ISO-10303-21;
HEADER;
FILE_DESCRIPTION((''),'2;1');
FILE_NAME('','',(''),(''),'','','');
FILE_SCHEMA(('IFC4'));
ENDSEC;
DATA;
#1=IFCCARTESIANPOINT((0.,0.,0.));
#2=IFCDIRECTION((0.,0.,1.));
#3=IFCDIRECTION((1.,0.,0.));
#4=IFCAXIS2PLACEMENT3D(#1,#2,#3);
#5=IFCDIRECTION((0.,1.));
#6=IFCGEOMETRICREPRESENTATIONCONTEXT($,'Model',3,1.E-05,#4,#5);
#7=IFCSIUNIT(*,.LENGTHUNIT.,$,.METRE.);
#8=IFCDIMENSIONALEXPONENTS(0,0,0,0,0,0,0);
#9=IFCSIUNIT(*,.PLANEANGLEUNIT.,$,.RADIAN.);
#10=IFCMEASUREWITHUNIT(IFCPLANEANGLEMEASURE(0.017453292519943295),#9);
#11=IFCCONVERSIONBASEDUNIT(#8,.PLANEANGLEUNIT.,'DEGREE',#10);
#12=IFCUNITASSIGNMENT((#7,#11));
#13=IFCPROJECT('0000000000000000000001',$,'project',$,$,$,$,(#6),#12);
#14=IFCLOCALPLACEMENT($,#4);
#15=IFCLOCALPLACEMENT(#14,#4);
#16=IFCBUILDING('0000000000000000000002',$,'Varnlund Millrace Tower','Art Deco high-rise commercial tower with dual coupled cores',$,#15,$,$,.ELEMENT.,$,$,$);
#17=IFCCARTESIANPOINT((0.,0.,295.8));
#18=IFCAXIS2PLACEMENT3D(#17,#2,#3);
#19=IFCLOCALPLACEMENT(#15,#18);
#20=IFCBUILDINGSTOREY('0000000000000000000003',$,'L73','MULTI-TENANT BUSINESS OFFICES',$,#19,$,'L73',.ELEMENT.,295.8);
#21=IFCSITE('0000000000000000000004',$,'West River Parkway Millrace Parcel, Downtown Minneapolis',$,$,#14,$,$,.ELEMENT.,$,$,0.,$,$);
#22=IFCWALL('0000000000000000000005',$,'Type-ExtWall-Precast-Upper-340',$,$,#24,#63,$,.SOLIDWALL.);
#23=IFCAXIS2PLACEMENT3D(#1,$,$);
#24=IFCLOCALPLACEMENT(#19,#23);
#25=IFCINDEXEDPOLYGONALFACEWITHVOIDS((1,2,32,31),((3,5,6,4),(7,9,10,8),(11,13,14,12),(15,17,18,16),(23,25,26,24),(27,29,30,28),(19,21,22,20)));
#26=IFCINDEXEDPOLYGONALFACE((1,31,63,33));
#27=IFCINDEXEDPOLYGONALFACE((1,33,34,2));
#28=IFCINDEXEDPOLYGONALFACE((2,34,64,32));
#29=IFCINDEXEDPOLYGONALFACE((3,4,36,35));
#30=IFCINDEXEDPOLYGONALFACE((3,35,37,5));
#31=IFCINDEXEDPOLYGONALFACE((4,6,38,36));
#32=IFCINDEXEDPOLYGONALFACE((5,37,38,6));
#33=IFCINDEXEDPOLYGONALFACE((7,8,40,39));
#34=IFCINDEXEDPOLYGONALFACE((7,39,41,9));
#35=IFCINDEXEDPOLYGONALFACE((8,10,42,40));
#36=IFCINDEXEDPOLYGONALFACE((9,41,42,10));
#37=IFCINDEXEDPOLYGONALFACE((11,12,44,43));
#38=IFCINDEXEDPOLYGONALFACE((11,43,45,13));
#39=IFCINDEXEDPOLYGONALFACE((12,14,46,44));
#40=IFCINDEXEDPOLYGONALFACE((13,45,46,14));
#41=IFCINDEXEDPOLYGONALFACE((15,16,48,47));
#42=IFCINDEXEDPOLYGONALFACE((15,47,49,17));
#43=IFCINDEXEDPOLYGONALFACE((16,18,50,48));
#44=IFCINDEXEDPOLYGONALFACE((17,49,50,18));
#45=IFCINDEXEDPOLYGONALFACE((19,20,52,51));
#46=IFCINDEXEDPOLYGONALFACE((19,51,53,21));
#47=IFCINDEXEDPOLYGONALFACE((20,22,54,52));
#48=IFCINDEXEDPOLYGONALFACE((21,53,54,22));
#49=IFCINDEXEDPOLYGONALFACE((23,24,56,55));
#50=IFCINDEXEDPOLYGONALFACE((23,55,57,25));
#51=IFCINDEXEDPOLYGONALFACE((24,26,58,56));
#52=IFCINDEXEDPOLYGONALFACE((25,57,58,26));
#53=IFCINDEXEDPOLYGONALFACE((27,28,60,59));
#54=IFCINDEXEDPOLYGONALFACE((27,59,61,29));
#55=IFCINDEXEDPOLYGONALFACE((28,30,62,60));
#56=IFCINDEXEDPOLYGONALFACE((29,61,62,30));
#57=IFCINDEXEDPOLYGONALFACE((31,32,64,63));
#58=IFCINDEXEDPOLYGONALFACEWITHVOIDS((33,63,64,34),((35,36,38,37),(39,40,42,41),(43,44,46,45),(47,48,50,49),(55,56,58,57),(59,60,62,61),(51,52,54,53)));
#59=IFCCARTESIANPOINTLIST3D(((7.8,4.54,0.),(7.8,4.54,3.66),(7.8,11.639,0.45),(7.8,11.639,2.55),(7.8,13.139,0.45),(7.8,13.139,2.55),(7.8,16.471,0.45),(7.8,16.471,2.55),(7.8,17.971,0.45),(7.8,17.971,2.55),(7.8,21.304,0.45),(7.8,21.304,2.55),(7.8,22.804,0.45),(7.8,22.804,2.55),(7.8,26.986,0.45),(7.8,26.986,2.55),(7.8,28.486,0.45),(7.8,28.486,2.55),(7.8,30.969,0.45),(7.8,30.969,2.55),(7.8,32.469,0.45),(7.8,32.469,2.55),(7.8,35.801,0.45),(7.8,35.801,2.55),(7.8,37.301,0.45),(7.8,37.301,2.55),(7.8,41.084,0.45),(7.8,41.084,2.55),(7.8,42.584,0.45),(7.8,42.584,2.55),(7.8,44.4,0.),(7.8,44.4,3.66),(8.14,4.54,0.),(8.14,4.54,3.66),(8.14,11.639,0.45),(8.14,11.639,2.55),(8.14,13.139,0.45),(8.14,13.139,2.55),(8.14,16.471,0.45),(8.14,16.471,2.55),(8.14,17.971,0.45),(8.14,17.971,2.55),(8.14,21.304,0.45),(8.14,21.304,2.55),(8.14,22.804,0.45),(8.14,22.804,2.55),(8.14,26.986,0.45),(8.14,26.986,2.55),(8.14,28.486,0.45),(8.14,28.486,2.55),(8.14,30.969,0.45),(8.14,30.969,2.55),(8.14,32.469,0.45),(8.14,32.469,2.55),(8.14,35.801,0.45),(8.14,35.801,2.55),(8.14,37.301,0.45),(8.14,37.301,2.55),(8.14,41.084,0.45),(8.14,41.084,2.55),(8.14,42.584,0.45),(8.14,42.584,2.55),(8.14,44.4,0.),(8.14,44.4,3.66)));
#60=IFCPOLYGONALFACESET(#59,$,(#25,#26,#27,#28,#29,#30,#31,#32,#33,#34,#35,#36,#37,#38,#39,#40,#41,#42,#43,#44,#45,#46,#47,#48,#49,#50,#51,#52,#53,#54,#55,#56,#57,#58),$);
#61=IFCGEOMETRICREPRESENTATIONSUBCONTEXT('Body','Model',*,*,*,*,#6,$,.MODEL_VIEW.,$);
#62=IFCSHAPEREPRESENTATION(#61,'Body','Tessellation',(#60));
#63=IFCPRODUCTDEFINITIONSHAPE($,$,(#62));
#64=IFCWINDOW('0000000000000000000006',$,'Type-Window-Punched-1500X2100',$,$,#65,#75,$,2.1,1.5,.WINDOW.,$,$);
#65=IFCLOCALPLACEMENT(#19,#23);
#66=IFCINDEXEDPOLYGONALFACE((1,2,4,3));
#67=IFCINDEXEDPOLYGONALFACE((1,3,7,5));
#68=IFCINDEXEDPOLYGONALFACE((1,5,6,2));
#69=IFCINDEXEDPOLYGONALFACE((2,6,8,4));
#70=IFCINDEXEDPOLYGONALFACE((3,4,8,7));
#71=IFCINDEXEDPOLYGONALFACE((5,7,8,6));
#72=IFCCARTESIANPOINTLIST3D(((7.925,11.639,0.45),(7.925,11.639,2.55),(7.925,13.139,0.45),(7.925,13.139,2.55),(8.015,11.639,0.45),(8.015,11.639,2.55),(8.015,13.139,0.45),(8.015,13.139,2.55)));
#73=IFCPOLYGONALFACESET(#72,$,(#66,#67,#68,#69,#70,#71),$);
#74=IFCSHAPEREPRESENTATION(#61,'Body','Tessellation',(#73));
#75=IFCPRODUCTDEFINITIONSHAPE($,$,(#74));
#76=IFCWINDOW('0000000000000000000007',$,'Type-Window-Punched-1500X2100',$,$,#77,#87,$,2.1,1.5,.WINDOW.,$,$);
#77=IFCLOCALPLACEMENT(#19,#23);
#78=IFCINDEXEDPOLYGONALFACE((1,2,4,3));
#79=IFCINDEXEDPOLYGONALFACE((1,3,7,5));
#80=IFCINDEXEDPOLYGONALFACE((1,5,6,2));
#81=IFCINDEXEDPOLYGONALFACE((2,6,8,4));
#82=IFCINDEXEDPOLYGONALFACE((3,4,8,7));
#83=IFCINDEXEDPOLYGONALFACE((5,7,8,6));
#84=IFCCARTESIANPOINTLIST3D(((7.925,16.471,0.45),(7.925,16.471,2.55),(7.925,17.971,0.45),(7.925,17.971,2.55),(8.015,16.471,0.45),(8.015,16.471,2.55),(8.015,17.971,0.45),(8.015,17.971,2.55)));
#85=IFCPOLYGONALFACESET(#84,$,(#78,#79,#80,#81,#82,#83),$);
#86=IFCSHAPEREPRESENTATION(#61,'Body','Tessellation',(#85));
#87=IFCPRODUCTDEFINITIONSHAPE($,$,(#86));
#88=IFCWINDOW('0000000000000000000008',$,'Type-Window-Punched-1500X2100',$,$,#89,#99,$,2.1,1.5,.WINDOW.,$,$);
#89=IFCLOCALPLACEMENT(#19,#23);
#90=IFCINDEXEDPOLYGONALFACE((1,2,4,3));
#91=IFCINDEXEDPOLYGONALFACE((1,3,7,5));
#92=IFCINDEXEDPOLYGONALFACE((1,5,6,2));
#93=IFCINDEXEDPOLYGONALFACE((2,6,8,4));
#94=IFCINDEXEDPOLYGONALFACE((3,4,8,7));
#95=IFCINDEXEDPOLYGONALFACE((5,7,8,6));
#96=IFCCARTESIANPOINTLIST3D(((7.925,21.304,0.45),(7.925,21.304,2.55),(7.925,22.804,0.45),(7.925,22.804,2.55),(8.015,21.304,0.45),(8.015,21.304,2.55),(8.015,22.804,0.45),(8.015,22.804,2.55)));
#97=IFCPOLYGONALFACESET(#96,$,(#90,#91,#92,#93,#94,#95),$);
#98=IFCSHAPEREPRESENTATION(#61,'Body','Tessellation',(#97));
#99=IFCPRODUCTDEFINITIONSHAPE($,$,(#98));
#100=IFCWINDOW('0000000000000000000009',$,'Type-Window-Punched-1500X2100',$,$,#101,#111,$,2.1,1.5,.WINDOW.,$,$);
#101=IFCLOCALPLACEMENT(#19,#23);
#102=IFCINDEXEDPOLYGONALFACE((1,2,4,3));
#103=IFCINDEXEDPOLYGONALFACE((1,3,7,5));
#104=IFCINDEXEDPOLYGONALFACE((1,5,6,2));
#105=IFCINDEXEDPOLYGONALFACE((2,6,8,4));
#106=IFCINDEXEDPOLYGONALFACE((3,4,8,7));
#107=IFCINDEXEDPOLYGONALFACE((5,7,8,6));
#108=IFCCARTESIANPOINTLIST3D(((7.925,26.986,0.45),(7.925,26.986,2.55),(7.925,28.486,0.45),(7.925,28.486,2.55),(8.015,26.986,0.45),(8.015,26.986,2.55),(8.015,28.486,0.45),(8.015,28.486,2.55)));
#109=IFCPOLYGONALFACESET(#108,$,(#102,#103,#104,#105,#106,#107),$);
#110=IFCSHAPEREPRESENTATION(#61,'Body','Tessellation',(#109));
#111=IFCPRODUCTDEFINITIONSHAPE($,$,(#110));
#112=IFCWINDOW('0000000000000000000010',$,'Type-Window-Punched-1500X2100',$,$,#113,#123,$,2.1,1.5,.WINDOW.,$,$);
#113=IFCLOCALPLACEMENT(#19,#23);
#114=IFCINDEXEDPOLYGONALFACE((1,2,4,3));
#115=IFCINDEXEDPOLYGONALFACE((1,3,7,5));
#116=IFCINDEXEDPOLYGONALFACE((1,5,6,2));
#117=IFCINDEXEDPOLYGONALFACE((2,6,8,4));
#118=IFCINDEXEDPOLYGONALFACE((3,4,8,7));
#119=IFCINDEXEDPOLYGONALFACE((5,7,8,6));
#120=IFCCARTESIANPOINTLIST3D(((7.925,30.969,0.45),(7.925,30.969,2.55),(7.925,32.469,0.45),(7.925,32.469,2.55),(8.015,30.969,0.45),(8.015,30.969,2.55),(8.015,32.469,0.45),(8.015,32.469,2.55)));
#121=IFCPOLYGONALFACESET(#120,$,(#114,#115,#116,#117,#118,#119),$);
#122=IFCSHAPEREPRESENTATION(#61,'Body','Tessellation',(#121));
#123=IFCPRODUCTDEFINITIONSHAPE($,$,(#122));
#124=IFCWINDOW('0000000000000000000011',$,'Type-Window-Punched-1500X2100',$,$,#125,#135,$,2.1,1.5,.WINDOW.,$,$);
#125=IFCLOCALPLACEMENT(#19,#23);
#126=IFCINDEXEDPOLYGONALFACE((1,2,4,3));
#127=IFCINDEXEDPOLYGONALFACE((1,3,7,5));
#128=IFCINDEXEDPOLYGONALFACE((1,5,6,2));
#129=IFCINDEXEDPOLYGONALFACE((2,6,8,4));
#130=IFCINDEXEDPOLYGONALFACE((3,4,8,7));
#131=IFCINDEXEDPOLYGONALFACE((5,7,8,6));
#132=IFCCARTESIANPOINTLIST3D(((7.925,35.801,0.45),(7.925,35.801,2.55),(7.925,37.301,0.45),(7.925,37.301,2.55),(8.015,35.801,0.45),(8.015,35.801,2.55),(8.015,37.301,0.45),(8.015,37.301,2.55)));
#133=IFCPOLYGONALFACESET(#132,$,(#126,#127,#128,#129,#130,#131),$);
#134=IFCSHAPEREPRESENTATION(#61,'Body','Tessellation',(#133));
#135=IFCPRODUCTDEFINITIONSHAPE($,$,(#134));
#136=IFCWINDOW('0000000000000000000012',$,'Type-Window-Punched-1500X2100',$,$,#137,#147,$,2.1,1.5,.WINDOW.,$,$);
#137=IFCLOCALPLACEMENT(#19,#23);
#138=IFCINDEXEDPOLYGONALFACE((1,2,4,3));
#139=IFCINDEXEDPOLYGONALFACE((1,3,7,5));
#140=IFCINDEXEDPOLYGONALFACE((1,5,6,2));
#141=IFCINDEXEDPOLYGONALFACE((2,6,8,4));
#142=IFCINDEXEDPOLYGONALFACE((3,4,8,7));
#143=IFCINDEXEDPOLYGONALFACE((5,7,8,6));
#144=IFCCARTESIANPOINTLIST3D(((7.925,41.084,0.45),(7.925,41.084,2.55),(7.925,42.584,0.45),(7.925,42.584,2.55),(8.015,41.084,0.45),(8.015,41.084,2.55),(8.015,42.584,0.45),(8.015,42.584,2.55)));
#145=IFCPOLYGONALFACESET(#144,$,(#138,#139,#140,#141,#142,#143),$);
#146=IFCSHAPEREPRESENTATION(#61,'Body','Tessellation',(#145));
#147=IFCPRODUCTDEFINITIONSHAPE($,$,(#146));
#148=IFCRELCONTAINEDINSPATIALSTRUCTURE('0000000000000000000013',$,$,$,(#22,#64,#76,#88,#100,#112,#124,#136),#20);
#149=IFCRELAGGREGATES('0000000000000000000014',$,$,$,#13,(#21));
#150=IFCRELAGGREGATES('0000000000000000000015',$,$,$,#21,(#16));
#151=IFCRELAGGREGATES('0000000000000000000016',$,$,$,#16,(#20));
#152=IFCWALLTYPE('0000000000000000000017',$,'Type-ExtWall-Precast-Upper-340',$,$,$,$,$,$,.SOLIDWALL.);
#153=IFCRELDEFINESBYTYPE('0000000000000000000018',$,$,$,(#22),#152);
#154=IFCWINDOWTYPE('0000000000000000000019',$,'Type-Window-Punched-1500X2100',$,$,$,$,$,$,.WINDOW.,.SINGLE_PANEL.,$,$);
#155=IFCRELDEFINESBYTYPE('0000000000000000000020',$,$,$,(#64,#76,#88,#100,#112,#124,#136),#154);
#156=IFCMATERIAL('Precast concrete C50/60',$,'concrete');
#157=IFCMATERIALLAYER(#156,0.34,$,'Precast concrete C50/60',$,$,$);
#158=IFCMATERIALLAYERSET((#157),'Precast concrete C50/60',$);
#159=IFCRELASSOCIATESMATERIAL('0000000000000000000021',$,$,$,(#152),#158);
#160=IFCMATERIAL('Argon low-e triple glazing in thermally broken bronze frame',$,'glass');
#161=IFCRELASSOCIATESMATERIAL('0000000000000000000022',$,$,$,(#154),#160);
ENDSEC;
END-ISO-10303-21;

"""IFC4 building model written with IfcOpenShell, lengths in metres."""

from ifc_helpers import new_model, entity, si_unit, converted_unit, direction, frame, origin_with_axes, origin_2d_with_axis, place, context, subcontext, project, spatial, polyline, rectangle, outline, extrude, material, layer, layer_set, type_object, element, fill, save


model = new_model("IFC4")

# Units and contexts
model_context = context("Model", 3, precision=1e-05, world=origin_with_axes(), true_north=direction((0.0, 1.0)))
body_context = subcontext(model_context, "Body", "Model", "MODEL_VIEW")
ifc_project = project(units=[si_unit("LENGTHUNIT", "METRE"), converted_unit("PLANEANGLEUNIT", "DEGREE", entity("IfcPlaneAngleMeasure", 0.017453292519943295), si_unit("PLANEANGLEUNIT", "RADIAN"), dimensions=[0, 0, 0, 0, 0, 0, 0])], contexts=[model_context])

# Site, building, storey
site_placement = place(None, origin_with_axes())
site = spatial("IfcSite", under=ifc_project, at=site_placement, Name="West River Parkway Millrace Parcel, Downtown Minneapolis", CompositionType="ELEMENT", RefElevation=0.0)
building_placement = place(site_placement, origin_with_axes())
building = spatial("IfcBuilding", under=site, at=building_placement, Name="Varnlund Millrace Tower", Description="Art Deco high-rise commercial tower with dual coupled cores", CompositionType="ELEMENT")
storey_placement = place(building_placement, frame((0.0, 0.0, 295.8), z_axis=(0.0, 0.0, 1.0), x_axis=(1.0, 0.0, 0.0)))
storey = spatial("IfcBuildingStorey", under=building, at=storey_placement, Name="L73", Description="MULTI-TENANT BUSINESS OFFICES", LongName="L73", CompositionType="ELEMENT", Elevation=295.8)

# Shared definitions
ifc_material_1 = material(Name="Precast concrete C50/60", Category="concrete")
ifc_layer_1 = layer(ifc_material_1, 0.34, Name="Precast concrete C50/60")
ifc_layer_set_1 = layer_set([ifc_layer_1], Name="Precast concrete C50/60")
wall_type_1 = type_object("IfcWallType", Name="Type-ExtWall-Precast-Upper-340", PredefinedType="SOLIDWALL", material=ifc_layer_set_1)

# Wall, openings, windows
wall_1_placement = place(storey_placement, frame((7.97, 4.54, 0.0), z_axis=(0.0, 0.0, 1.0), x_axis=(0.0, 1.0, 0.0)))
wall_1 = element("IfcWall", 1, at=wall_1_placement, inside=storey, type_object=wall_type_1, Name="Type-ExtWall-Precast-Upper-340", PredefinedType="SOLIDWALL", context=body_context, shape_type="SweptSolid", body=[
    extrude(outline(polyline([(0.0, -0.17), (39.86, -0.17), (39.86, 0.17), (0.0, 0.17), (0.0, -0.17)])), origin_with_axes(), (0.0, 0.0, 1.0), 3.66),
])
opening_1_placement = place(wall_1_placement, frame((7.849, 0.0, 0.45), z_axis=(0.0, 0.0, 1.0), x_axis=(1.0, 0.0, 0.0)))
opening_1 = element("IfcOpeningElement", 2, at=opening_1_placement, cuts=wall_1, PredefinedType="OPENING", context=body_context, shape_type="SweptSolid", body=[
    extrude(rectangle(XDim=1.5, YDim=0.36, at=origin_2d_with_axis()), origin_with_axes(), (0.0, 0.0, 1.0), 2.1),
])
opening_2_placement = place(wall_1_placement, frame((12.681, 0.0, 0.45), z_axis=(0.0, 0.0, 1.0), x_axis=(1.0, 0.0, 0.0)))
opening_2 = element("IfcOpeningElement", 3, at=opening_2_placement, cuts=wall_1, PredefinedType="OPENING", context=body_context, shape_type="SweptSolid", body=[
    extrude(rectangle(XDim=1.5, YDim=0.36, at=origin_2d_with_axis()), origin_with_axes(), (0.0, 0.0, 1.0), 2.1),
])
opening_3_placement = place(wall_1_placement, frame((17.514, 0.0, 0.45), z_axis=(0.0, 0.0, 1.0), x_axis=(1.0, 0.0, 0.0)))
opening_3 = element("IfcOpeningElement", 4, at=opening_3_placement, cuts=wall_1, PredefinedType="OPENING", context=body_context, shape_type="SweptSolid", body=[
    extrude(rectangle(XDim=1.5, YDim=0.36, at=origin_2d_with_axis()), origin_with_axes(), (0.0, 0.0, 1.0), 2.1),
])
opening_4_placement = place(wall_1_placement, frame((23.196, 0.0, 0.45), z_axis=(0.0, 0.0, 1.0), x_axis=(1.0, 0.0, 0.0)))
opening_4 = element("IfcOpeningElement", 5, at=opening_4_placement, cuts=wall_1, PredefinedType="OPENING", context=body_context, shape_type="SweptSolid", body=[
    extrude(rectangle(XDim=1.5, YDim=0.36, at=origin_2d_with_axis()), origin_with_axes(), (0.0, 0.0, 1.0), 2.1),
])
opening_5_placement = place(wall_1_placement, frame((27.179, 0.0, 0.45), z_axis=(0.0, 0.0, 1.0), x_axis=(1.0, 0.0, 0.0)))
opening_5 = element("IfcOpeningElement", 6, at=opening_5_placement, cuts=wall_1, PredefinedType="OPENING", context=body_context, shape_type="SweptSolid", body=[
    extrude(rectangle(XDim=1.5, YDim=0.36, at=origin_2d_with_axis()), origin_with_axes(), (0.0, 0.0, 1.0), 2.1),
])
opening_6_placement = place(wall_1_placement, frame((32.011, 0.0, 0.45), z_axis=(0.0, 0.0, 1.0), x_axis=(1.0, 0.0, 0.0)))
opening_6 = element("IfcOpeningElement", 7, at=opening_6_placement, cuts=wall_1, PredefinedType="OPENING", context=body_context, shape_type="SweptSolid", body=[
    extrude(rectangle(XDim=1.5, YDim=0.36, at=origin_2d_with_axis()), origin_with_axes(), (0.0, 0.0, 1.0), 2.1),
])
opening_7_placement = place(wall_1_placement, frame((37.294, 0.0, 0.45), z_axis=(0.0, 0.0, 1.0), x_axis=(1.0, 0.0, 0.0)))
opening_7 = element("IfcOpeningElement", 8, at=opening_7_placement, cuts=wall_1, PredefinedType="OPENING", context=body_context, shape_type="SweptSolid", body=[
    extrude(rectangle(XDim=1.5, YDim=0.36, at=origin_2d_with_axis()), origin_with_axes(), (0.0, 0.0, 1.0), 2.1),
])
ifc_material_2 = material(Name="Argon low-e triple glazing in thermally broken bronze frame", Category="glass")
window_type = type_object("IfcWindowType", Name="Type-Window-Punched-1500X2100", PartitioningType="SINGLE_PANEL", PredefinedType="WINDOW", material=ifc_material_2)
window_1_placement = place(wall_1_placement, frame((7.849, 0.0, 0.45), z_axis=(0.0, 0.0, 1.0), x_axis=(1.0, 0.0, 0.0)))
window_1 = element("IfcWindow", 9, at=window_1_placement, inside=storey, type_object=window_type, Name="Type-Window-Punched-1500X2100", OverallHeight=2.1, OverallWidth=1.5, PredefinedType="WINDOW", context=body_context, shape_type="SweptSolid", body=[
    extrude(rectangle(XDim=1.5, YDim=0.09, at=origin_2d_with_axis()), origin_with_axes(), (0.0, 0.0, 1.0), 2.1),
])
fill(opening_1, window_1)
window_2_placement = place(wall_1_placement, frame((12.681, 0.0, 0.45), z_axis=(0.0, 0.0, 1.0), x_axis=(1.0, 0.0, 0.0)))
window_2 = element("IfcWindow", 10, at=window_2_placement, inside=storey, type_object=window_type, Name="Type-Window-Punched-1500X2100", OverallHeight=2.1, OverallWidth=1.5, PredefinedType="WINDOW", context=body_context, shape_type="SweptSolid", body=[
    extrude(rectangle(XDim=1.5, YDim=0.09, at=origin_2d_with_axis()), origin_with_axes(), (0.0, 0.0, 1.0), 2.1),
])
fill(opening_2, window_2)
window_3_placement = place(wall_1_placement, frame((17.514, 0.0, 0.45), z_axis=(0.0, 0.0, 1.0), x_axis=(1.0, 0.0, 0.0)))
window_3 = element("IfcWindow", 11, at=window_3_placement, inside=storey, type_object=window_type, Name="Type-Window-Punched-1500X2100", OverallHeight=2.1, OverallWidth=1.5, PredefinedType="WINDOW", context=body_context, shape_type="SweptSolid", body=[
    extrude(rectangle(XDim=1.5, YDim=0.09, at=origin_2d_with_axis()), origin_with_axes(), (0.0, 0.0, 1.0), 2.1),
])
fill(opening_3, window_3)
window_4_placement = place(wall_1_placement, frame((23.196, 0.0, 0.45), z_axis=(0.0, 0.0, 1.0), x_axis=(1.0, 0.0, 0.0)))
window_4 = element("IfcWindow", 12, at=window_4_placement, inside=storey, type_object=window_type, Name="Type-Window-Punched-1500X2100", OverallHeight=2.1, OverallWidth=1.5, PredefinedType="WINDOW", context=body_context, shape_type="SweptSolid", body=[
    extrude(rectangle(XDim=1.5, YDim=0.09, at=origin_2d_with_axis()), origin_with_axes(), (0.0, 0.0, 1.0), 2.1),
])
fill(opening_4, window_4)
window_5_placement = place(wall_1_placement, frame((27.179, 0.0, 0.45), z_axis=(0.0, 0.0, 1.0), x_axis=(1.0, 0.0, 0.0)))
window_5 = element("IfcWindow", 13, at=window_5_placement, inside=storey, type_object=window_type, Name="Type-Window-Punched-1500X2100", OverallHeight=2.1, OverallWidth=1.5, PredefinedType="WINDOW", context=body_context, shape_type="SweptSolid", body=[
    extrude(rectangle(XDim=1.5, YDim=0.09, at=origin_2d_with_axis()), origin_with_axes(), (0.0, 0.0, 1.0), 2.1),
])
fill(opening_5, window_5)
window_6_placement = place(wall_1_placement, frame((32.011, 0.0, 0.45), z_axis=(0.0, 0.0, 1.0), x_axis=(1.0, 0.0, 0.0)))
window_6 = element("IfcWindow", 14, at=window_6_placement, inside=storey, type_object=window_type, Name="Type-Window-Punched-1500X2100", OverallHeight=2.1, OverallWidth=1.5, PredefinedType="WINDOW", context=body_context, shape_type="SweptSolid", body=[
    extrude(rectangle(XDim=1.5, YDim=0.09, at=origin_2d_with_axis()), origin_with_axes(), (0.0, 0.0, 1.0), 2.1),
])
fill(opening_6, window_6)
window_7_placement = place(wall_1_placement, frame((37.294, 0.0, 0.45), z_axis=(0.0, 0.0, 1.0), x_axis=(1.0, 0.0, 0.0)))
window_7 = element("IfcWindow", 15, at=window_7_placement, inside=storey, type_object=window_type, Name="Type-Window-Punched-1500X2100", OverallHeight=2.1, OverallWidth=1.5, PredefinedType="WINDOW", context=body_context, shape_type="SweptSolid", body=[
    extrude(rectangle(XDim=1.5, YDim=0.09, at=origin_2d_with_axis()), origin_with_axes(), (0.0, 0.0, 1.0), 2.1),
])
fill(opening_7, window_7)

save(model, "model.ifc")
